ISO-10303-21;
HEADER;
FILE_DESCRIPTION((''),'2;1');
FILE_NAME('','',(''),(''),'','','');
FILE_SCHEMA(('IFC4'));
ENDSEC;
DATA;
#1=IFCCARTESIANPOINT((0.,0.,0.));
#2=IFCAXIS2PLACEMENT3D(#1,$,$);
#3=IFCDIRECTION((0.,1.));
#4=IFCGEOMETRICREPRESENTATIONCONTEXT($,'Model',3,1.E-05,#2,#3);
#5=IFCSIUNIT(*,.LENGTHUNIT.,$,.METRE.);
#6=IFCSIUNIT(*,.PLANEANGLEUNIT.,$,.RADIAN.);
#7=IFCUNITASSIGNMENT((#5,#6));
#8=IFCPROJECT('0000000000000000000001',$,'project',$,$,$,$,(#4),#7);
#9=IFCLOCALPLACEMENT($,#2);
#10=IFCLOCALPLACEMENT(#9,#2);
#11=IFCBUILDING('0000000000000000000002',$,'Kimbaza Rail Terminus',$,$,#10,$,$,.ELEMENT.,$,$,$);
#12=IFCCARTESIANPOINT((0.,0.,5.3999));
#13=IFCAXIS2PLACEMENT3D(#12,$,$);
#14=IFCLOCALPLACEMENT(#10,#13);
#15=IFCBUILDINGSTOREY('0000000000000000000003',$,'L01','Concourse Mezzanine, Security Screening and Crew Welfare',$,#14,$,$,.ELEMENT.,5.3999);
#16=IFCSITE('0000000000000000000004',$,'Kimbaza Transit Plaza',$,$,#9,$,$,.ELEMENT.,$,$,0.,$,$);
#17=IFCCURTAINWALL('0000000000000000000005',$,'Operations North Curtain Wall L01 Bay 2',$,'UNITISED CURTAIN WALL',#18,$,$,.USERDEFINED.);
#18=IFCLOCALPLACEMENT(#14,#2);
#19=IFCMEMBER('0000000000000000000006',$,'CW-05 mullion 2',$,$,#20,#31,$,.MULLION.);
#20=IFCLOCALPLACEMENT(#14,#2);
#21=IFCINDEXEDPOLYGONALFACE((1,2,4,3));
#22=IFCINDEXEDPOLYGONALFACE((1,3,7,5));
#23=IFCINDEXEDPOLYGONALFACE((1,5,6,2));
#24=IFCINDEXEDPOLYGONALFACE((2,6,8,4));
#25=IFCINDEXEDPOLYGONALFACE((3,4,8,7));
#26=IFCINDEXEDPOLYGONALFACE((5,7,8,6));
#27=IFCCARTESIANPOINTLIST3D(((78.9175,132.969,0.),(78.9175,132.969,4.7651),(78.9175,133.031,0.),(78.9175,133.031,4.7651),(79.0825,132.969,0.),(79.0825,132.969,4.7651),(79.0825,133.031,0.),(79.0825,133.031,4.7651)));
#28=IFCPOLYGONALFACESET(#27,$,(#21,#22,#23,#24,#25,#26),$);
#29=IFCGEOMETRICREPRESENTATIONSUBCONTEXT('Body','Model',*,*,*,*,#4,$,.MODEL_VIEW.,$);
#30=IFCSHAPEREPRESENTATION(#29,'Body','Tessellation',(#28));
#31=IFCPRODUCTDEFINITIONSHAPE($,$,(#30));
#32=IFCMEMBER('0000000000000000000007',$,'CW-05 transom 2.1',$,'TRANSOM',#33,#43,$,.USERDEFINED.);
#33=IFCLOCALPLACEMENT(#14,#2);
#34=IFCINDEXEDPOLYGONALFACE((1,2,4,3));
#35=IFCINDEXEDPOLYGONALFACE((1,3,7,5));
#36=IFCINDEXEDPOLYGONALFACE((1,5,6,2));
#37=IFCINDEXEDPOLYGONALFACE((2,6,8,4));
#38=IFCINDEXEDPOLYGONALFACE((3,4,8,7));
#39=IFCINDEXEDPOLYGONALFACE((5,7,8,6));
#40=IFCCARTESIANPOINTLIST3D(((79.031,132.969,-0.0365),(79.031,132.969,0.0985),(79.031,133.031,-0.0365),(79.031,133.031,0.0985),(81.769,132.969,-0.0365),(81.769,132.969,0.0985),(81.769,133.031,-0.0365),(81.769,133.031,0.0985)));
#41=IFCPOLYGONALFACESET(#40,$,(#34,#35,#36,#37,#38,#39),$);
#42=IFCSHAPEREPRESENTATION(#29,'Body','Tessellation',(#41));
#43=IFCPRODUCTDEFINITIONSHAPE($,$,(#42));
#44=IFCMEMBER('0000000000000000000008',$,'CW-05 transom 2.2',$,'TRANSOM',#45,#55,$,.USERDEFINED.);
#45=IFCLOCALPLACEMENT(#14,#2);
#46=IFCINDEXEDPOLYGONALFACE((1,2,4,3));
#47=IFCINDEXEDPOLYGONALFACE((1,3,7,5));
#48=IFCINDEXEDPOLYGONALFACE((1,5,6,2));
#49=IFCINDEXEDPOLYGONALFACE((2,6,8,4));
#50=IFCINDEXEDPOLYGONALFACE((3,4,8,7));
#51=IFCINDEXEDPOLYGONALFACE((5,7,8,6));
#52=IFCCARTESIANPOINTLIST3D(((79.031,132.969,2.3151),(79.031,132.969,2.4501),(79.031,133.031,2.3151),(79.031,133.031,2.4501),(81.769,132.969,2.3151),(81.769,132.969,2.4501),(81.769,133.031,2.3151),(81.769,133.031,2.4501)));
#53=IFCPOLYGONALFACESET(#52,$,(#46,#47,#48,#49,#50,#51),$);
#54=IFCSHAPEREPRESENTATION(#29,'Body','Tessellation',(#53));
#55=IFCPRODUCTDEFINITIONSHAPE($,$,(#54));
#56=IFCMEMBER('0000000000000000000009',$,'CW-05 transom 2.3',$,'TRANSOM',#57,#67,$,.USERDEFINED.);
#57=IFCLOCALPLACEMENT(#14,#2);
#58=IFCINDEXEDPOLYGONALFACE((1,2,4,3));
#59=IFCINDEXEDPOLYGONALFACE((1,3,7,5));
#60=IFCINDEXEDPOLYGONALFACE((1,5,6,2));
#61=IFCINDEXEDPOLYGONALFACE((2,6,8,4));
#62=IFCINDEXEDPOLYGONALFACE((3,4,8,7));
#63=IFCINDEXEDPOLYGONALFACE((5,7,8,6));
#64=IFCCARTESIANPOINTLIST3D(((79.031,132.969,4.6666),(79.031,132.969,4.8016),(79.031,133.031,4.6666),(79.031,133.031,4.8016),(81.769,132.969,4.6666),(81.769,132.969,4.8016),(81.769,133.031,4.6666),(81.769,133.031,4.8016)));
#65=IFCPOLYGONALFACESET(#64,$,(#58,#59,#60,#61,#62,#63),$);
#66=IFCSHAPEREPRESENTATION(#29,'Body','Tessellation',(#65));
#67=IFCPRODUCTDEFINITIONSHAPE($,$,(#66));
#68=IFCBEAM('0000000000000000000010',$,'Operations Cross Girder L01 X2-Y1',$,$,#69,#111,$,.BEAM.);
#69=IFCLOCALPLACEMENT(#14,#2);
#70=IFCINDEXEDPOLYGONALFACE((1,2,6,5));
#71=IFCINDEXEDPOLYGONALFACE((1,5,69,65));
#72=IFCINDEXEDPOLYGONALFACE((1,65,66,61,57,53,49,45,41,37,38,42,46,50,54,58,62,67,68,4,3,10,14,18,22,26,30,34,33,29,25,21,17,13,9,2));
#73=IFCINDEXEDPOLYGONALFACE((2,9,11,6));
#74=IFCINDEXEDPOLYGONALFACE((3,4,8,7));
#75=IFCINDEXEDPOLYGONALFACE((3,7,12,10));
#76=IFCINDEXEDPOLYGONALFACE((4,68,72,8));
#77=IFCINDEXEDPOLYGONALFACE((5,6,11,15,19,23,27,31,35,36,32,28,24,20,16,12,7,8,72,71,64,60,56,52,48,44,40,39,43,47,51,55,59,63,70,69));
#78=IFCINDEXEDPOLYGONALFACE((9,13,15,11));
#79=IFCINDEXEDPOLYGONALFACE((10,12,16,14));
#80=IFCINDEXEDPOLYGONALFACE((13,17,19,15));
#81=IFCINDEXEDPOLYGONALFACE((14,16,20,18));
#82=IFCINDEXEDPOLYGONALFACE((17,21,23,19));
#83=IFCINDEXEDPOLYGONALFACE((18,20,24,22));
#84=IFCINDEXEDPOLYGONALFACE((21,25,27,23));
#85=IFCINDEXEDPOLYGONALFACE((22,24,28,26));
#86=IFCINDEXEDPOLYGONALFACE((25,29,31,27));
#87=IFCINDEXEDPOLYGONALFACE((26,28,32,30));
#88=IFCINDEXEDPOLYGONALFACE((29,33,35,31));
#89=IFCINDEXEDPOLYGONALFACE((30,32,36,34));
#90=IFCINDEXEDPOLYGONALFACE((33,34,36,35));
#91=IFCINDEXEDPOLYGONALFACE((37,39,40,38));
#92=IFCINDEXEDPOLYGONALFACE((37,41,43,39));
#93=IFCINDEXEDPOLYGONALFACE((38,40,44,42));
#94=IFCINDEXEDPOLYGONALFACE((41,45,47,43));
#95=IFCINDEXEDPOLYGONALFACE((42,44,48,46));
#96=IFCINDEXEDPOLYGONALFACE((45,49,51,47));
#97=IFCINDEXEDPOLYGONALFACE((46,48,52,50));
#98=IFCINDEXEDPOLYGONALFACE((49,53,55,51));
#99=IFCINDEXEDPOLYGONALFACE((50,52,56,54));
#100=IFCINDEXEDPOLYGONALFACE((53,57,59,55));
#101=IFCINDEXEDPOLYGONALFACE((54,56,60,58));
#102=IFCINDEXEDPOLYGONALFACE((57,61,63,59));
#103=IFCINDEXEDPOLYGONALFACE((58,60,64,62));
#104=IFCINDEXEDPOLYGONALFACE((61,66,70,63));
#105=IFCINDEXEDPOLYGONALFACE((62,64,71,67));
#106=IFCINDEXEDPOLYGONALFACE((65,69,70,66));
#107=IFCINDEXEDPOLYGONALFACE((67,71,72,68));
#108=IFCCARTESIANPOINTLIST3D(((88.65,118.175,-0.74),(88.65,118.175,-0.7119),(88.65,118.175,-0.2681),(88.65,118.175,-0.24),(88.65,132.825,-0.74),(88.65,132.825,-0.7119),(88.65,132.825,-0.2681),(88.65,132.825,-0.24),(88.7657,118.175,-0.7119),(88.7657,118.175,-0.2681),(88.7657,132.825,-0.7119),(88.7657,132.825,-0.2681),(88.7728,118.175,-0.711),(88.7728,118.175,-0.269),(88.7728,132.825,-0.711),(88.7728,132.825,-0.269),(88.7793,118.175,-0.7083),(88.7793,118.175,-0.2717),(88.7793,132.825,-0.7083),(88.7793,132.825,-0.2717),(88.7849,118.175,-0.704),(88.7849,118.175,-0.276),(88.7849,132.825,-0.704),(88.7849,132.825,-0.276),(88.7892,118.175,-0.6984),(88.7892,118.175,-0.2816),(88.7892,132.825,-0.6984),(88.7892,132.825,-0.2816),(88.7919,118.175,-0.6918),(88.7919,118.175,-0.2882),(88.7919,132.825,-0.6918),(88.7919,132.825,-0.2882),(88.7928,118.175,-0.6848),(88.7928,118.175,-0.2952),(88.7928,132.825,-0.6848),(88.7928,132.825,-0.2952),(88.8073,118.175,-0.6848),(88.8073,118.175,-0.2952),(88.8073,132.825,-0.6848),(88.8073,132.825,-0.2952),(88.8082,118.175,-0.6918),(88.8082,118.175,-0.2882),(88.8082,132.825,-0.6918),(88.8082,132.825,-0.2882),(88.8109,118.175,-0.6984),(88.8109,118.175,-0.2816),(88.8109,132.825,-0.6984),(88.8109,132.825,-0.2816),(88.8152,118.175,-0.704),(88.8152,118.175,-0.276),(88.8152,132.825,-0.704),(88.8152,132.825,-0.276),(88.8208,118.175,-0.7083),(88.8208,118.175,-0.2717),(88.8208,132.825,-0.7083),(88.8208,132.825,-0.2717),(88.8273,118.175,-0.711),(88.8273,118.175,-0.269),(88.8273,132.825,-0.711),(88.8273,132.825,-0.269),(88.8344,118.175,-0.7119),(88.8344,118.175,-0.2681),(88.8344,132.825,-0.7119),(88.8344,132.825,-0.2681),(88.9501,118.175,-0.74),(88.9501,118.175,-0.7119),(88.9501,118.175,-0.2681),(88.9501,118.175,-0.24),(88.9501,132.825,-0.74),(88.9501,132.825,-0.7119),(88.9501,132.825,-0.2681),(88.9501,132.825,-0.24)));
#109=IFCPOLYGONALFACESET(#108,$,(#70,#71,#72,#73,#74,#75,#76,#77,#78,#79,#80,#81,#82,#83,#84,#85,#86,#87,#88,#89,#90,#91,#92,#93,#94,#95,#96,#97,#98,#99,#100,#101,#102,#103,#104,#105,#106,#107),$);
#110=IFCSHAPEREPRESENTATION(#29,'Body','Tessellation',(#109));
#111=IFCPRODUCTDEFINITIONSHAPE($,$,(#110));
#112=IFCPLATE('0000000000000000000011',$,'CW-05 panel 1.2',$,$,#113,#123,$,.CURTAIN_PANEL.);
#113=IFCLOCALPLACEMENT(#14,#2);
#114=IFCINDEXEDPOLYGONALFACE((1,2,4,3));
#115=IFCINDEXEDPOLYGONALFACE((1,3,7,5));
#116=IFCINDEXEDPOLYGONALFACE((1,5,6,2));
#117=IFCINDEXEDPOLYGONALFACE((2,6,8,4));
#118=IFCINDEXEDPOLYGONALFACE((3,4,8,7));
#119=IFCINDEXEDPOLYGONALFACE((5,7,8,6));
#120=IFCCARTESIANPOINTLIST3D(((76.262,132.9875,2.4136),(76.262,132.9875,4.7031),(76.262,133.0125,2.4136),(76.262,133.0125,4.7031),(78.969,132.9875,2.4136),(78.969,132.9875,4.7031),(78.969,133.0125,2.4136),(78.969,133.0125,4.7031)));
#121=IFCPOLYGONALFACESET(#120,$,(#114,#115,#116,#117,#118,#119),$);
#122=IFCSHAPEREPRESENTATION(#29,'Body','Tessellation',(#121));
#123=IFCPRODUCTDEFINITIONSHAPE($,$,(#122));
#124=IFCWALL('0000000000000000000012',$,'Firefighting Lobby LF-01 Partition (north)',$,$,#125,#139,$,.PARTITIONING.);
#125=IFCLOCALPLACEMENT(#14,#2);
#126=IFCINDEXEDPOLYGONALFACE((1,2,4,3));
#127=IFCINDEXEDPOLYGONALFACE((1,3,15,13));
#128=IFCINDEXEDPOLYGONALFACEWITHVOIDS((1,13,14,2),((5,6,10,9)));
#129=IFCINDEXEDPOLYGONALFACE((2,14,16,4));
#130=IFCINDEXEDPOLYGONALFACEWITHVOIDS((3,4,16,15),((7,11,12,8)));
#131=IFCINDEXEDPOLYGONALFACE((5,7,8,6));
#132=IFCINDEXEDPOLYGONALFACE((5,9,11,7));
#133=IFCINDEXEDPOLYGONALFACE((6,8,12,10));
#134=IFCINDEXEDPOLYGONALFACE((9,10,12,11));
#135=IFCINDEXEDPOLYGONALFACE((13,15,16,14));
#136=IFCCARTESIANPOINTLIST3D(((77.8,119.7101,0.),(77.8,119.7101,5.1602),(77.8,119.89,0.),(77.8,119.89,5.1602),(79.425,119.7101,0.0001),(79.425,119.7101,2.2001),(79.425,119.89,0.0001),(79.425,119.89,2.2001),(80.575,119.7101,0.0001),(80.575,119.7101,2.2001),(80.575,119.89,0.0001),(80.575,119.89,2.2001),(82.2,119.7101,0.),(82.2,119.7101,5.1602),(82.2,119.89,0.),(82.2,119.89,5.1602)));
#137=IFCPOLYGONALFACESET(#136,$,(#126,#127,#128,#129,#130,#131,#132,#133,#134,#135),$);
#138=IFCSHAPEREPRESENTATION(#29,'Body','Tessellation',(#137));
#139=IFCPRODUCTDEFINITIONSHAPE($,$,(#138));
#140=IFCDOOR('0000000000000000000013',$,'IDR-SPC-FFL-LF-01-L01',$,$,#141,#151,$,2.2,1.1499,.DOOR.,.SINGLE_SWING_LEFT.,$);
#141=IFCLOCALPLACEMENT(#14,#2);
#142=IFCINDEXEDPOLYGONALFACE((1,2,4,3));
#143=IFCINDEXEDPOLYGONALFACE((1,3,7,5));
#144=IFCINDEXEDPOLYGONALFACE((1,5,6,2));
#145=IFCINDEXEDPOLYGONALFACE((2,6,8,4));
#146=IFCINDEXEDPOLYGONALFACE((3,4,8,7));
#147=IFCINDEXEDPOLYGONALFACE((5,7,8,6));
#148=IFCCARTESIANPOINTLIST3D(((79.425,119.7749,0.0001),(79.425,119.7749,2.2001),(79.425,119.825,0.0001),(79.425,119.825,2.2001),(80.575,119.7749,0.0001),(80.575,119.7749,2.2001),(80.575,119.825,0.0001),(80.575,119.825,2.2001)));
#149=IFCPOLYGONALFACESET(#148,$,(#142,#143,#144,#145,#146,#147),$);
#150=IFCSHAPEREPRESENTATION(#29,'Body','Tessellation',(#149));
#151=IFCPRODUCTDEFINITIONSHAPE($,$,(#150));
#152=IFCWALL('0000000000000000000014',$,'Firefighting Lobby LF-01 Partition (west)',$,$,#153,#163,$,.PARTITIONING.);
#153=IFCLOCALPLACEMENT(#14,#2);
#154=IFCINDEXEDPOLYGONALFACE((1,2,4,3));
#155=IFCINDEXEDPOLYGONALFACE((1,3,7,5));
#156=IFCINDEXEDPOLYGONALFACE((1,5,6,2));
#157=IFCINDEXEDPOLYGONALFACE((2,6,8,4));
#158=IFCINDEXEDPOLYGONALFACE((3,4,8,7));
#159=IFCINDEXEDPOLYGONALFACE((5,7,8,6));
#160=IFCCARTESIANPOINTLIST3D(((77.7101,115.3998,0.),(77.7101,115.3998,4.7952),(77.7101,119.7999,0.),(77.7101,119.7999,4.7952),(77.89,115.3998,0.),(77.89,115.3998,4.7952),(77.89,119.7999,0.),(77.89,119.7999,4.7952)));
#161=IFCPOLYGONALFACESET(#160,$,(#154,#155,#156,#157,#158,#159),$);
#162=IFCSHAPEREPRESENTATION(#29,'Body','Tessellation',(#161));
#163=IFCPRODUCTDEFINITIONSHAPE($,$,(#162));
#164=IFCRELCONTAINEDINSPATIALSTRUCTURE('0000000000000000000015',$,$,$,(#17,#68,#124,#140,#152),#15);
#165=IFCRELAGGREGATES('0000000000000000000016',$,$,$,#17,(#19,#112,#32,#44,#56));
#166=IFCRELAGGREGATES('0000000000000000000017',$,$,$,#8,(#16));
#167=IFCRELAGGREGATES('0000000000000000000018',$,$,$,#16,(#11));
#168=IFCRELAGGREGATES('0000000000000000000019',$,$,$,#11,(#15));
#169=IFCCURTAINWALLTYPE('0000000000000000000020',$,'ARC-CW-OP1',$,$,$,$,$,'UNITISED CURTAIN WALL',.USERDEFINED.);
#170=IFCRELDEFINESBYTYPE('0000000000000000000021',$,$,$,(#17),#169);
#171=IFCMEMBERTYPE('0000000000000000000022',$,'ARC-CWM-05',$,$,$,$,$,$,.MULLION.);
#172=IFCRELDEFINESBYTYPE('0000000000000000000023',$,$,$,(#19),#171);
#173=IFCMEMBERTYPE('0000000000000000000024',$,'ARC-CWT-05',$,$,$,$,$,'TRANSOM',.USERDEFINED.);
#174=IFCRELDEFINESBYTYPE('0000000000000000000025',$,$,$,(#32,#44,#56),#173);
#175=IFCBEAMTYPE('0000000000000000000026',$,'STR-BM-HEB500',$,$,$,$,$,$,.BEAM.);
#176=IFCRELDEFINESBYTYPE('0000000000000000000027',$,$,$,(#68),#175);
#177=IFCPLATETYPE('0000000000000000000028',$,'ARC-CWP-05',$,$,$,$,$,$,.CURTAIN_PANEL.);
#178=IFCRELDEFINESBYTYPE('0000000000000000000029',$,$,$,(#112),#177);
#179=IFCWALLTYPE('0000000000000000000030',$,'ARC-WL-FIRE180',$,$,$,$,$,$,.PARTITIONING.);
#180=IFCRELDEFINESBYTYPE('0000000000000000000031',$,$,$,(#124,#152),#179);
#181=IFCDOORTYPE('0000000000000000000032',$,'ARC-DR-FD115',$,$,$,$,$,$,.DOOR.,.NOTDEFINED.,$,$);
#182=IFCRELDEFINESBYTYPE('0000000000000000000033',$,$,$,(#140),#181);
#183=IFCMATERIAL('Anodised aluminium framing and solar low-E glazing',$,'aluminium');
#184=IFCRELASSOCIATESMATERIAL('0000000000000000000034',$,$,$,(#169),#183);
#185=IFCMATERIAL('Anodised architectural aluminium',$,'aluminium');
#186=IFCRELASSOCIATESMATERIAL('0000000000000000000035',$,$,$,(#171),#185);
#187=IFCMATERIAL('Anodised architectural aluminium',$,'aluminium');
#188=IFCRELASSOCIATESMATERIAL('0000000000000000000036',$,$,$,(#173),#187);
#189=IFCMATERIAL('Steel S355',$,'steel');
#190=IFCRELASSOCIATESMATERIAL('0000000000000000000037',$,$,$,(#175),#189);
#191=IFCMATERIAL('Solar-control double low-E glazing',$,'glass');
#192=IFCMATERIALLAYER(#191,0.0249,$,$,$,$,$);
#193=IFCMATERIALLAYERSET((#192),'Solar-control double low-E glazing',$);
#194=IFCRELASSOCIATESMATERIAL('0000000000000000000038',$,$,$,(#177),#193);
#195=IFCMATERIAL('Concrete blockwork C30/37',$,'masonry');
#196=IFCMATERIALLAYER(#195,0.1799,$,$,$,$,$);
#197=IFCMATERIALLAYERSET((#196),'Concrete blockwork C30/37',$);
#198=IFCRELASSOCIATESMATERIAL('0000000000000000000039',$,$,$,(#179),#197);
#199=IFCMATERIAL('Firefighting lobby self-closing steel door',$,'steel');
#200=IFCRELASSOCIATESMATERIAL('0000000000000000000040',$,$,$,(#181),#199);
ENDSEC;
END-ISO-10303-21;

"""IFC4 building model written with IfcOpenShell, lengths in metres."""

from ifc_helpers import new_model, si_unit, direction, frame, frame_2d, origin, origin_2d, place, context, subcontext, project, spatial, rectangle, i_section, extrude, material, layer, layer_set, material_profile, profile_set, type_object, element, fill, aggregate, save


model = new_model("IFC4")

# Units and contexts
model_context = context("Model", 3, precision=1e-05, world=origin(), true_north=direction((0.0, 1.0)))
body_context = subcontext(model_context, "Body", "Model", "MODEL_VIEW")
ifc_project = project(units=[si_unit("LENGTHUNIT", "METRE"), si_unit("PLANEANGLEUNIT", "RADIAN")], contexts=[model_context])

# Site, building, storey
site_placement = place(None, origin())
site = spatial("IfcSite", under=ifc_project, at=site_placement, Name="Kimbaza Transit Plaza", CompositionType="ELEMENT", RefElevation=0.0)
building_placement = place(site_placement, origin())
building = spatial("IfcBuilding", under=site, at=building_placement, Name="Kimbaza Rail Terminus", CompositionType="ELEMENT")
storey_placement = place(building_placement, frame((0.0, 0.0, 5.3999)))
storey = spatial("IfcBuildingStorey", under=building, at=storey_placement, Name="L01", Description="Concourse Mezzanine, Security Screening and Crew Welfare", CompositionType="ELEMENT", Elevation=5.3999)

# Curtain wall, members
ifc_material_1 = material(Name="Anodised aluminium framing and solar low-E glazing", Category="aluminium")
curtain_wall_type = type_object("IfcCurtainWallType", Name="ARC-CW-OP1", ElementType="UNITISED CURTAIN WALL", PredefinedType="USERDEFINED", material=ifc_material_1)
curtain_wall_placement = place(storey_placement, origin())
curtain_wall = element("IfcCurtainWall", 1, at=curtain_wall_placement, inside=storey, type_object=curtain_wall_type, Name="Operations North Curtain Wall L01 Bay 2", ObjectType="UNITISED CURTAIN WALL", PredefinedType="USERDEFINED")
ifc_material_2 = material(Name="Anodised architectural aluminium", Category="aluminium")
ifc_material_profile_1 = material_profile(ifc_material_2, rectangle(XDim=0.062, YDim=0.165, at=origin_2d()), Name="MULLION 62x165")
ifc_profile_set_1 = profile_set([ifc_material_profile_1], Name="Anodised architectural aluminium")
member_type_1 = type_object("IfcMemberType", Name="ARC-CWM-05", PredefinedType="MULLION", material=ifc_profile_set_1)
member_1_placement = place(storey_placement, frame((79.0, 133.0, 0.0), z_axis=(0.0, 0.0, 1.0), x_axis=(0.0, 1.0, 0.0)))
member_1 = element("IfcMember", 2, at=member_1_placement, type_object=member_type_1, Name="CW-05 mullion 2", PredefinedType="MULLION", context=body_context, shape_type="SweptSolid", body=[
    extrude(rectangle(XDim=0.062, YDim=0.165, at=origin_2d()), origin(), (0.0, 0.0, 1.0), 4.7651),
])
ifc_material_3 = material(Name="Anodised architectural aluminium", Category="aluminium")
ifc_material_profile_2 = material_profile(ifc_material_3, rectangle(XDim=0.062, YDim=0.135, at=origin_2d()), Name="TRANSOM 62x135")
ifc_profile_set_2 = profile_set([ifc_material_profile_2], Name="Anodised architectural aluminium")
member_type_2 = type_object("IfcMemberType", Name="ARC-CWT-05", ElementType="TRANSOM", PredefinedType="USERDEFINED", material=ifc_profile_set_2)
member_2_placement = place(storey_placement, frame((79.031, 133.0, 0.031), z_axis=(1.0, 0.0, 0.0), x_axis=(0.0, 1.0, 0.0)))
member_2 = element("IfcMember", 3, at=member_2_placement, type_object=member_type_2, Name="CW-05 transom 2.1", ObjectType="TRANSOM", PredefinedType="USERDEFINED", context=body_context, shape_type="SweptSolid", body=[
    extrude(rectangle(XDim=0.062, YDim=0.135, at=origin_2d()), origin(), (0.0, 0.0, 1.0), 2.738),
])
member_3_placement = place(storey_placement, frame((79.031, 133.0, 2.3826), z_axis=(1.0, 0.0, 0.0), x_axis=(0.0, 1.0, 0.0)))
member_3 = element("IfcMember", 4, at=member_3_placement, type_object=member_type_2, Name="CW-05 transom 2.2", ObjectType="TRANSOM", PredefinedType="USERDEFINED", context=body_context, shape_type="SweptSolid", body=[
    extrude(rectangle(XDim=0.062, YDim=0.135, at=origin_2d()), origin(), (0.0, 0.0, 1.0), 2.738),
])
member_4_placement = place(storey_placement, frame((79.031, 133.0, 4.7341), z_axis=(1.0, 0.0, 0.0), x_axis=(0.0, 1.0, 0.0)))
member_4 = element("IfcMember", 5, at=member_4_placement, type_object=member_type_2, Name="CW-05 transom 2.3", ObjectType="TRANSOM", PredefinedType="USERDEFINED", context=body_context, shape_type="SweptSolid", body=[
    extrude(rectangle(XDim=0.062, YDim=0.135, at=origin_2d()), origin(), (0.0, 0.0, 1.0), 2.738),
])

# Beam
ifc_material_4 = material(Name="Steel S355", Category="steel")
ifc_material_profile_3 = material_profile(ifc_material_4, i_section(OverallWidth=0.3, OverallDepth=0.5, WebThickness=0.0144, FlangeThickness=0.0281, FilletRadius=0.0271, at=origin_2d()), Name="HEB 500")
ifc_profile_set_3 = profile_set([ifc_material_profile_3], Name="Steel S355")
beam_type = type_object("IfcBeamType", Name="STR-BM-HEB500", PredefinedType="BEAM", material=ifc_profile_set_3)
beam_placement = place(storey_placement, frame((88.8, 118.175, -0.49), z_axis=(0.0, 1.0, 0.0), x_axis=(-1.0, 0.0, 0.0)))
element("IfcBeam", 6, at=beam_placement, inside=storey, type_object=beam_type, Name="Operations Cross Girder L01 X2-Y1", PredefinedType="BEAM", context=body_context, shape_type="SweptSolid", body=[
    extrude(i_section(OverallWidth=0.3, OverallDepth=0.5, WebThickness=0.0144, FlangeThickness=0.0281, FilletRadius=0.0271, at=origin_2d()), origin(), (0.0, 0.0, 1.0), 14.6499),
])

# Plate
ifc_material_5 = material(Name="Solar-control double low-E glazing", Category="glass")
ifc_layer_1 = layer(ifc_material_5, 0.0249)
ifc_layer_set_1 = layer_set([ifc_layer_1], Name="Solar-control double low-E glazing")
plate_type = type_object("IfcPlateType", Name="ARC-CWP-05", PredefinedType="CURTAIN_PANEL", material=ifc_layer_set_1)
plate_placement = place(storey_placement, frame((77.6155, 133.0, 2.4136), z_axis=(0.0, 0.0, 1.0), x_axis=(1.0, 0.0, 0.0)))
plate = element("IfcPlate", 7, at=plate_placement, type_object=plate_type, Name="CW-05 panel 1.2", PredefinedType="CURTAIN_PANEL", context=body_context, shape_type="SweptSolid", body=[
    extrude(rectangle(XDim=2.707, YDim=0.0249, at=origin_2d()), origin(), (0.0, 0.0, 1.0), 2.2896),
])
aggregate(curtain_wall, [member_1, plate, member_2, member_3, member_4])

# Wall, opening, door
ifc_material_6 = material(Name="Concrete blockwork C30/37", Category="masonry")
ifc_layer_2 = layer(ifc_material_6, 0.1799)
ifc_layer_set_2 = layer_set([ifc_layer_2], Name="Concrete blockwork C30/37")
wall_type_1 = type_object("IfcWallType", Name="ARC-WL-FIRE180", PredefinedType="PARTITIONING", material=ifc_layer_set_2)
wall_1_placement = place(storey_placement, frame((82.2, 119.8, 0.0), z_axis=(0.0, 0.0, 1.0), x_axis=(-1.0, 0.0, 0.0)))
wall_1 = element("IfcWall", 8, at=wall_1_placement, inside=storey, type_object=wall_type_1, Name="Firefighting Lobby LF-01 Partition (north)", PredefinedType="PARTITIONING", context=body_context, shape_type="SweptSolid", body=[
    extrude(rectangle(XDim=4.3999, YDim=0.1799, at=frame_2d((2.2, 0.0))), origin(), (0.0, 0.0, 1.0), 5.1602),
])
opening_1_placement = place(wall_1_placement, frame((2.7749, 0.0, 0.0), z_axis=(0.0, 0.0, 1.0), x_axis=(-1.0, 0.0, 0.0)))
opening_1 = element("IfcOpeningElement", 9, at=opening_1_placement, cuts=wall_1, PredefinedType="OPENING", context=body_context, shape_type="SweptSolid", body=[
    extrude(rectangle(XDim=1.1499, YDim=2.2, at=frame_2d((0.575, 1.1001))), frame((0.0, 0.0999, 0.0), z_axis=(0.0, -1.0, 0.0), x_axis=(1.0, 0.0, 0.0)), (0.0, 0.0, 1.0), 0.2),
])
ifc_material_7 = material(Name="Firefighting lobby self-closing steel door", Category="steel")
door_type_1 = type_object("IfcDoorType", Name="ARC-DR-FD115", OperationType="NOTDEFINED", PredefinedType="DOOR", material=ifc_material_7)
door_1_placement = place(opening_1_placement, origin())
door_1 = element("IfcDoor", 10, at=door_1_placement, inside=storey, type_object=door_type_1, Name="IDR-SPC-FFL-LF-01-L01", OperationType="SINGLE_SWING_LEFT", OverallHeight=2.2, OverallWidth=1.1499, PredefinedType="DOOR", context=body_context, shape_type="SweptSolid", body=[
    extrude(rectangle(XDim=1.1499, YDim=2.2, at=frame_2d((0.575, 1.1001))), frame((0.0, 0.0249, 0.0), z_axis=(0.0, -1.0, 0.0), x_axis=(1.0, 0.0, 0.0)), (0.0, 0.0, 1.0), 0.05),
])
fill(opening_1, door_1)

# Wall
wall_2_placement = place(storey_placement, frame((77.8, 119.8, 0.0), z_axis=(0.0, 0.0, 1.0), x_axis=(0.0, -1.0, 0.0)))
element("IfcWall", 11, at=wall_2_placement, inside=storey, type_object=wall_type_1, Name="Firefighting Lobby LF-01 Partition (west)", PredefinedType="PARTITIONING", context=body_context, shape_type="SweptSolid", body=[
    extrude(rectangle(XDim=4.4001, YDim=0.1799, at=frame_2d((2.2002, 0.0))), origin(), (0.0, 0.0, 1.0), 4.7952),
])

save(model, "model.ifc")
